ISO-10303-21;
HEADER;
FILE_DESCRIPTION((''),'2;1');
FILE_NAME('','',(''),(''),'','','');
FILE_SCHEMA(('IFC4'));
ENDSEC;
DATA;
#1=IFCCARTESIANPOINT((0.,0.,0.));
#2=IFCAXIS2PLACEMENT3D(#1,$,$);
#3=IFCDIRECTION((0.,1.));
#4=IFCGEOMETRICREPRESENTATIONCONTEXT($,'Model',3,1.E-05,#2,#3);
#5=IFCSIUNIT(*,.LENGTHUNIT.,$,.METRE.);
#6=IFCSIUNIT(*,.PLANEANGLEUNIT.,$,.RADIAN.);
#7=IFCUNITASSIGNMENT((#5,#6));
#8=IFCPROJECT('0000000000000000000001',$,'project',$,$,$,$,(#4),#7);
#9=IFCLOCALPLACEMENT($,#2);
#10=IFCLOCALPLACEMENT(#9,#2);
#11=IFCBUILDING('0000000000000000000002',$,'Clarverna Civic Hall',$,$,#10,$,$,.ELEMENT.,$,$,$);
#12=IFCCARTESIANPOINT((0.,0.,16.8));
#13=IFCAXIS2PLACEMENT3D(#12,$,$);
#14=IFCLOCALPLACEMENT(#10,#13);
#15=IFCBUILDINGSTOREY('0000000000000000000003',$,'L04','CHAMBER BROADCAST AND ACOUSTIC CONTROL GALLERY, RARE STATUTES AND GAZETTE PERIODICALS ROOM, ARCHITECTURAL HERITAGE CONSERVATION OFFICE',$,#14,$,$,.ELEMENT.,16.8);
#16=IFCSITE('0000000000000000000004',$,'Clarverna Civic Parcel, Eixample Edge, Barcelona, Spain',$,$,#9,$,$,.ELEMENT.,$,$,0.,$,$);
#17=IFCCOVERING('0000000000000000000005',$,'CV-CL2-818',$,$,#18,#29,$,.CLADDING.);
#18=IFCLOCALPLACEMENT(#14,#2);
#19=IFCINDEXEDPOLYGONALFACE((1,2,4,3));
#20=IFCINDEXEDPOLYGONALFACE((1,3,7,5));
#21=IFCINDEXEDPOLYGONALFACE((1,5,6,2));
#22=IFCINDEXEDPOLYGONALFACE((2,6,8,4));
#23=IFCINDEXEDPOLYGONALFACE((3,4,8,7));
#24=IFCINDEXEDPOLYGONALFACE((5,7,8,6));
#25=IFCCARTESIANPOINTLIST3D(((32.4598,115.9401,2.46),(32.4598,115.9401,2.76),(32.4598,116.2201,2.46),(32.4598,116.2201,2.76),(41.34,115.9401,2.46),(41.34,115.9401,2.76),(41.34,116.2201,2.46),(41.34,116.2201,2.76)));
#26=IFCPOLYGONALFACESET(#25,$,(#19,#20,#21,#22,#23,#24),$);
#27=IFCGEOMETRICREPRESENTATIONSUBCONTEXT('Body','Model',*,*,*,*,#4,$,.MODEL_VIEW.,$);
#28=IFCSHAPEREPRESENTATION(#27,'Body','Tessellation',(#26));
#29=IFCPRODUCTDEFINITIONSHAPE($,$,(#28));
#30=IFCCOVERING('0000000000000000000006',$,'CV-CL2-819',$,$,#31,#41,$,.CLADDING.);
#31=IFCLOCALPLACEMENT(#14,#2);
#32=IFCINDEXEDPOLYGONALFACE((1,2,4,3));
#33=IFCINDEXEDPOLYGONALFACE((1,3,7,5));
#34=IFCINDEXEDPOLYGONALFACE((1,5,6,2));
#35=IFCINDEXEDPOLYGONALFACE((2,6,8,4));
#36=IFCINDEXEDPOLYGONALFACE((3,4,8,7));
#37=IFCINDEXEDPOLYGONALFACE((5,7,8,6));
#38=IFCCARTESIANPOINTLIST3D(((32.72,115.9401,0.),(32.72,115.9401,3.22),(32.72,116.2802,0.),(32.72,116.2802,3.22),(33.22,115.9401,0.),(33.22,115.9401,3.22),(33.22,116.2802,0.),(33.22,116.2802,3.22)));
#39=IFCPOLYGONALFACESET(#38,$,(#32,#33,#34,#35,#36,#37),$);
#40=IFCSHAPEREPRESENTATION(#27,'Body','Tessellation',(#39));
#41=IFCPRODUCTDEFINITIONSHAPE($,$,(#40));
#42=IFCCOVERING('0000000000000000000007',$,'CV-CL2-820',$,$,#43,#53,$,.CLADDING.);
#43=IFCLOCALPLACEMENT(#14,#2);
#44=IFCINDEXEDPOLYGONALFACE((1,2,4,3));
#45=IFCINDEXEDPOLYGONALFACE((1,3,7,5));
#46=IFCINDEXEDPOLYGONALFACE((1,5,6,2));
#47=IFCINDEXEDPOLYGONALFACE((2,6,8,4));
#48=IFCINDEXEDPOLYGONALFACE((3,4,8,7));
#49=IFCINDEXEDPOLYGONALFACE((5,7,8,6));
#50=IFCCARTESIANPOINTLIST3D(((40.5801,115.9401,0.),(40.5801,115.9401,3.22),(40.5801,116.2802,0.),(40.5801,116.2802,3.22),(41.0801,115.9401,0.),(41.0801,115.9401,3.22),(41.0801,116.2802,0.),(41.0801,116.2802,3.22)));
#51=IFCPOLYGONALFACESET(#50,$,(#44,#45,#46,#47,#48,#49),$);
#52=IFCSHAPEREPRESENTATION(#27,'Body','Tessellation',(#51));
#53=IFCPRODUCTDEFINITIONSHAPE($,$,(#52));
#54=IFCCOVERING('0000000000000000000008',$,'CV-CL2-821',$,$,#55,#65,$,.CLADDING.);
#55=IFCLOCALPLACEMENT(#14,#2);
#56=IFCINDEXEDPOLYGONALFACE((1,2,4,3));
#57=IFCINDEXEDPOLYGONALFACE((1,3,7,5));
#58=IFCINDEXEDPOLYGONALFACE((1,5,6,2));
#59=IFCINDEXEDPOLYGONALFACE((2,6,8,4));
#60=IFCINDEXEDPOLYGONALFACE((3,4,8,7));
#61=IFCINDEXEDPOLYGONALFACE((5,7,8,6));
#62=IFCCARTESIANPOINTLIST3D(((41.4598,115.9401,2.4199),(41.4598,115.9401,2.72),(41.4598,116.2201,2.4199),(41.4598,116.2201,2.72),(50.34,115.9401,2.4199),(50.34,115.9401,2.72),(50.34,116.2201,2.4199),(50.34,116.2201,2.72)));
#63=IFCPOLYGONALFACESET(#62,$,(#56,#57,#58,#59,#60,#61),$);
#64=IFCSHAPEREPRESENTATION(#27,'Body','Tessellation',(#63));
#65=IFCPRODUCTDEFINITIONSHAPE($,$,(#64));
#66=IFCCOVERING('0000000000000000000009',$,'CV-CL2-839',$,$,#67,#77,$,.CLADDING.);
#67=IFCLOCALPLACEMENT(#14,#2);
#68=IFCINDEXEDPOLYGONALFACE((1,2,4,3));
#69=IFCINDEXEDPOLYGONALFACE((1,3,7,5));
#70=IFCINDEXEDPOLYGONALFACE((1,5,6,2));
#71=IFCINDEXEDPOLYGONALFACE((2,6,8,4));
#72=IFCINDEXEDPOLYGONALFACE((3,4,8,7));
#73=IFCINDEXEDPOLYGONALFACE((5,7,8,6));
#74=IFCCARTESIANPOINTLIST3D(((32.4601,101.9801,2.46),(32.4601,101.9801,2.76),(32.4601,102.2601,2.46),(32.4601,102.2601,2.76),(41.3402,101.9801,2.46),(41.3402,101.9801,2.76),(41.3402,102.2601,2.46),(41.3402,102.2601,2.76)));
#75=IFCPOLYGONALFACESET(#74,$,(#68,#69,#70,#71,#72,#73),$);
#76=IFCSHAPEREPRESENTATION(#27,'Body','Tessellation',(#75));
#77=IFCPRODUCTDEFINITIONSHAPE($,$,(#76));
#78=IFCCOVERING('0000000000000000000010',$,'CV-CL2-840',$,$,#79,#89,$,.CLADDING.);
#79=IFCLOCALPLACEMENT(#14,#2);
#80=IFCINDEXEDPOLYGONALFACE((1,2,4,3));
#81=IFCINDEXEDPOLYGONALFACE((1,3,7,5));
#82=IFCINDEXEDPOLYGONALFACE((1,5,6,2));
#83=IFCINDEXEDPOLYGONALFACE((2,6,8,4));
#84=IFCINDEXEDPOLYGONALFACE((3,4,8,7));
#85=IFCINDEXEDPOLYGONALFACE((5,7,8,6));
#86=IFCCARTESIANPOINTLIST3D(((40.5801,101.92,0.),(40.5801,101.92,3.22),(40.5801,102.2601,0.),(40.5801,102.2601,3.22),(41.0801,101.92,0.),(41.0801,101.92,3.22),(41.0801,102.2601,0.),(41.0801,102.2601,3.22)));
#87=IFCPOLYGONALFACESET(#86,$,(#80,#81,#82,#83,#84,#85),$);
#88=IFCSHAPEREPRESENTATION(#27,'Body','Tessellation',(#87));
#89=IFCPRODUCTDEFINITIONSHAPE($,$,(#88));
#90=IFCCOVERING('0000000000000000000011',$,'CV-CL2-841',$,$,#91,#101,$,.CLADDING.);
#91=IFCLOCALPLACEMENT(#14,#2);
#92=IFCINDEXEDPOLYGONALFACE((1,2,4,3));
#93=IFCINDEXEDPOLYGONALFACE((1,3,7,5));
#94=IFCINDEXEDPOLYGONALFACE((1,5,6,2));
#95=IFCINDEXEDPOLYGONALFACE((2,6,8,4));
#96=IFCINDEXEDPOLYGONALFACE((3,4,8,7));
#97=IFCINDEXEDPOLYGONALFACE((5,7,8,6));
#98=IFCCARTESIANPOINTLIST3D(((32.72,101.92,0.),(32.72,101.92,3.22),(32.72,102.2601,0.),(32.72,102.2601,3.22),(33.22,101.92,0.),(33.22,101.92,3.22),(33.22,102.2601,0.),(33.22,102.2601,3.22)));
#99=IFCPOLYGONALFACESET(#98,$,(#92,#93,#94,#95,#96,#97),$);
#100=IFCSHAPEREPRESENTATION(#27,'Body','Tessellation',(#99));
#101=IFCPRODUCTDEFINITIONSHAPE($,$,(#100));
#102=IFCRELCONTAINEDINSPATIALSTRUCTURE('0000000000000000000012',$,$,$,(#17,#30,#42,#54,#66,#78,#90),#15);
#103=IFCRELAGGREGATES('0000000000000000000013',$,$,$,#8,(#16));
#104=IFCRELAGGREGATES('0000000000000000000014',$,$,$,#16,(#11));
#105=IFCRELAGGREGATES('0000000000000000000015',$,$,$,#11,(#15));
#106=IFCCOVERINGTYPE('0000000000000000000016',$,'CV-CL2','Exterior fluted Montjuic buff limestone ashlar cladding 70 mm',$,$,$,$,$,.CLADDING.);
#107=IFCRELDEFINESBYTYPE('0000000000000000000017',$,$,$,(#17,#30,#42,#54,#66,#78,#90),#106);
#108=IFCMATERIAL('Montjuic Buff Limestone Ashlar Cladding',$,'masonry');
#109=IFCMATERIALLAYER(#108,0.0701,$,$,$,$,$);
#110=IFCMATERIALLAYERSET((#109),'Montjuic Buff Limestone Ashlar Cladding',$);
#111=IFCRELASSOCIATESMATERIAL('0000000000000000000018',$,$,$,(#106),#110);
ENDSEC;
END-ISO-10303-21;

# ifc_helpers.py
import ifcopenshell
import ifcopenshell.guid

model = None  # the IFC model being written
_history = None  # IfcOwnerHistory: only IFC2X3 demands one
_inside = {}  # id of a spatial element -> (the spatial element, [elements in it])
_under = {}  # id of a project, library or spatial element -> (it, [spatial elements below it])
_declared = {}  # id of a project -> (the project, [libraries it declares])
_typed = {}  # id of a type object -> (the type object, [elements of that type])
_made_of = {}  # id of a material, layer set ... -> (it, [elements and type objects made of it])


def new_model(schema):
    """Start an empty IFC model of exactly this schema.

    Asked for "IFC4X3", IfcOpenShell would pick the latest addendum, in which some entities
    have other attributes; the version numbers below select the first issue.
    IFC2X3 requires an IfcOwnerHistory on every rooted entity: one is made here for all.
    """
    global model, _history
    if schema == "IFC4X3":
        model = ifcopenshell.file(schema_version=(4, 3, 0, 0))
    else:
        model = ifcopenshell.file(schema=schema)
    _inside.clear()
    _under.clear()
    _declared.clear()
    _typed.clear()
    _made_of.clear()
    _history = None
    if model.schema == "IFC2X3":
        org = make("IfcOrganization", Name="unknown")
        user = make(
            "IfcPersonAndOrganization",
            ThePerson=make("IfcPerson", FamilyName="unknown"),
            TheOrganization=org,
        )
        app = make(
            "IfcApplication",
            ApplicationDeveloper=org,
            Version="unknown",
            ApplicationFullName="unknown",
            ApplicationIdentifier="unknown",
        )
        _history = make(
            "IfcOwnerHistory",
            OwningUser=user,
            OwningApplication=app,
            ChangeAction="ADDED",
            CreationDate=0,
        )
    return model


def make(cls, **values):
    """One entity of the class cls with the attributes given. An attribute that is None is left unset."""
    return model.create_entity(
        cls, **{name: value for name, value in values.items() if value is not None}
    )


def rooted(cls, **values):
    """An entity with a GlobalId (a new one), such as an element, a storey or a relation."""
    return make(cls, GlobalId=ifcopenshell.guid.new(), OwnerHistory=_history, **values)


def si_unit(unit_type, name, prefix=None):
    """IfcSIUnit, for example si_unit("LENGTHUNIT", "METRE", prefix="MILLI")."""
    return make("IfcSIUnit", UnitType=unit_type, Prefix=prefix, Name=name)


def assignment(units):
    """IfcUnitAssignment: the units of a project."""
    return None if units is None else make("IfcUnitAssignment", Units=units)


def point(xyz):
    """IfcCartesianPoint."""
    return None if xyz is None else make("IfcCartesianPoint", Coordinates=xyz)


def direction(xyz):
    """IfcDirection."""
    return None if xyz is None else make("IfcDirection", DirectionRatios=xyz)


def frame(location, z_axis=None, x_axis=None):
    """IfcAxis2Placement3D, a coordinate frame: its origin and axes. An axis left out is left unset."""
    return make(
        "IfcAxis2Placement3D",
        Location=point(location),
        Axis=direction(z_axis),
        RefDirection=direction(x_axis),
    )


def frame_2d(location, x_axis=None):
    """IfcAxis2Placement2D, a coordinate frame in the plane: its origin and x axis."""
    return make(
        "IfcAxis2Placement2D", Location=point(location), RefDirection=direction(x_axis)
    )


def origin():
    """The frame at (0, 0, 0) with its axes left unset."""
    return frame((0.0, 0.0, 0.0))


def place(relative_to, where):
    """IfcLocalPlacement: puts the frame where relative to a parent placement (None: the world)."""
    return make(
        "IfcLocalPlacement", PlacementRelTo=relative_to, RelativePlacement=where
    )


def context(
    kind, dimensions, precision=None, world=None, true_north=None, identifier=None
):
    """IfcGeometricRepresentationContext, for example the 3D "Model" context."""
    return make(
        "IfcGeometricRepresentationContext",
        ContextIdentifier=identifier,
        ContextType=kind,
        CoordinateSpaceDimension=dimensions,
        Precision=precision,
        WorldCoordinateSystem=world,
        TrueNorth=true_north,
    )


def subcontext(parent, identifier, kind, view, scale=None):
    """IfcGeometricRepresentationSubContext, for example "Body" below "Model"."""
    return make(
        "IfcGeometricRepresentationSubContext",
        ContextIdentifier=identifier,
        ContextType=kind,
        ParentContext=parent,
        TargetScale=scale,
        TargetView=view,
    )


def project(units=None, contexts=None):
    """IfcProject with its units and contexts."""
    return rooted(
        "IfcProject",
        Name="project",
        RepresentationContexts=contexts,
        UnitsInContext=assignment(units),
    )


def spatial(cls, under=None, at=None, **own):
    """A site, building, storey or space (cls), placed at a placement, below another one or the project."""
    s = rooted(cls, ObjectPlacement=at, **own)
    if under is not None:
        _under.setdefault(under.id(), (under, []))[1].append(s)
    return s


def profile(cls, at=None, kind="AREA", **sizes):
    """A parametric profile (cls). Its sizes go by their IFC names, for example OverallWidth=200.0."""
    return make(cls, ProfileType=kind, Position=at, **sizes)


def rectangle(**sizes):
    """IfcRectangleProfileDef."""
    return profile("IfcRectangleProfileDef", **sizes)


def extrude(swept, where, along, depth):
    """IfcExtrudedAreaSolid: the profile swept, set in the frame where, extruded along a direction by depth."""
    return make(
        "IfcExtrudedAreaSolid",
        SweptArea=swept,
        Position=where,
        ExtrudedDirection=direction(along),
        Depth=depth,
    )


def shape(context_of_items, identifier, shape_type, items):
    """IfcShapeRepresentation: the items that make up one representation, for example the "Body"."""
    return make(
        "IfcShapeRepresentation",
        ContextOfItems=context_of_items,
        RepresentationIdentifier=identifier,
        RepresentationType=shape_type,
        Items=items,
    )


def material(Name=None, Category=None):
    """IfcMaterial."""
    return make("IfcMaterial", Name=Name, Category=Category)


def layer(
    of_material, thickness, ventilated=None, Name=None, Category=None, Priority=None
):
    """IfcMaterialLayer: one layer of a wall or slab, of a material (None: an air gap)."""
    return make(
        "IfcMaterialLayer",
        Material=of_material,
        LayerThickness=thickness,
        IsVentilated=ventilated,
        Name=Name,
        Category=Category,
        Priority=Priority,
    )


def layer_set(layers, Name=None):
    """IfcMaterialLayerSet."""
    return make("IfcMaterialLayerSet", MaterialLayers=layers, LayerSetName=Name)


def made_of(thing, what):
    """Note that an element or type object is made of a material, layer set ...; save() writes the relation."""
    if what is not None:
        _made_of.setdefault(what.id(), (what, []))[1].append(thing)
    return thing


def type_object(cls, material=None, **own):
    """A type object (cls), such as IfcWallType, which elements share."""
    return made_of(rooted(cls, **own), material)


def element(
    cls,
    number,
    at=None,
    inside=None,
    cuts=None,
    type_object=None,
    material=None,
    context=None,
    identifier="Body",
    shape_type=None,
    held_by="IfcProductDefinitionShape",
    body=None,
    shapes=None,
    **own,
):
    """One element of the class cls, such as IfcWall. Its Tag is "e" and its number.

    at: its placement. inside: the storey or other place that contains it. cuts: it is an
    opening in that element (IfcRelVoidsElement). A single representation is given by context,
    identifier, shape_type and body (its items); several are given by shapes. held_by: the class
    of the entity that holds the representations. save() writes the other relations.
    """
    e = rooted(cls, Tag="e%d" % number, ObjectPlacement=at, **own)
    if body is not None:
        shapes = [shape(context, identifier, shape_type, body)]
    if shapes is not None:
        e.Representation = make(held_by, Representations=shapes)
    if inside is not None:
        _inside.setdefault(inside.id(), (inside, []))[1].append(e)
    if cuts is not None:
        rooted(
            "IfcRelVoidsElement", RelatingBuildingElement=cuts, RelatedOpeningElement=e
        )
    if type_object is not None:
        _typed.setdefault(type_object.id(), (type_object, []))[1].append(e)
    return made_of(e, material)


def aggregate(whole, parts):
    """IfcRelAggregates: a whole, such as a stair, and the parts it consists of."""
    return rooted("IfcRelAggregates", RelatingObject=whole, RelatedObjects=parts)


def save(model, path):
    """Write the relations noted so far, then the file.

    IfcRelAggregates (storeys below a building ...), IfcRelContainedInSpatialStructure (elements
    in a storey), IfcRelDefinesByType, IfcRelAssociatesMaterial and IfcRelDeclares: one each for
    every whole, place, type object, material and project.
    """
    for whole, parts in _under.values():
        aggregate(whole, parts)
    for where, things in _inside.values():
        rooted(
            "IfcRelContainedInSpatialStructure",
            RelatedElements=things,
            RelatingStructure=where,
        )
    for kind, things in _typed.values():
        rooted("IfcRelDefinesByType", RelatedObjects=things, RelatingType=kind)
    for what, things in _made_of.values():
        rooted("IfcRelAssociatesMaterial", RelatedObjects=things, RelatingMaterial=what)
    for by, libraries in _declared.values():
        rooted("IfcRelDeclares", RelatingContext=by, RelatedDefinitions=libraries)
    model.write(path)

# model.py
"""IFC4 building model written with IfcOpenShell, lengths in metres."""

from ifc_helpers import new_model, si_unit, direction, frame, frame_2d, origin, place, context, subcontext, project, spatial, rectangle, extrude, material, layer, layer_set, type_object, element, save


model = new_model("IFC4")

# Units and contexts
model_context = context("Model", 3, precision=1e-05, world=origin(), true_north=direction((0.0, 1.0)))
body_context = subcontext(model_context, "Body", "Model", "MODEL_VIEW")
ifc_project = project(units=[si_unit("LENGTHUNIT", "METRE"), si_unit("PLANEANGLEUNIT", "RADIAN")], contexts=[model_context])

# Site, building, storey
site_placement = place(None, origin())
site = spatial("IfcSite", under=ifc_project, at=site_placement, Name="Clarverna Civic Parcel, Eixample Edge, Barcelona, Spain", CompositionType="ELEMENT", RefElevation=0.0)
building_placement = place(site_placement, origin())
building = spatial("IfcBuilding", under=site, at=building_placement, Name="Clarverna Civic Hall", CompositionType="ELEMENT")
storey_placement = place(building_placement, frame((0.0, 0.0, 16.8)))
storey = spatial("IfcBuildingStorey", under=building, at=storey_placement, Name="L04", Description="CHAMBER BROADCAST AND ACOUSTIC CONTROL GALLERY, RARE STATUTES AND GAZETTE PERIODICALS ROOM, ARCHITECTURAL HERITAGE CONSERVATION OFFICE", CompositionType="ELEMENT", Elevation=16.8)

# Coverings
ifc_material_1 = material(Name="Montjuic Buff Limestone Ashlar Cladding", Category="masonry")
ifc_layer_1 = layer(ifc_material_1, 0.0701)
ifc_layer_set_1 = layer_set([ifc_layer_1], Name="Montjuic Buff Limestone Ashlar Cladding")
covering_type = type_object("IfcCoveringType", Name="CV-CL2", Description="Exterior fluted Montjuic buff limestone ashlar cladding 70 mm", PredefinedType="CLADDING", material=ifc_layer_set_1)
covering_placement = place(storey_placement, frame((32.46, 116.0801, 2.46), z_axis=(0.0, 0.0, 1.0), x_axis=(1.0, 0.0, 0.0)))
element("IfcCovering", 1, at=covering_placement, inside=storey, type_object=covering_type, Name="CV-CL2-818", PredefinedType="CLADDING", context=body_context, shape_type="SweptSolid", body=[
    extrude(rectangle(XDim=8.8801, YDim=0.28, at=frame_2d((4.4399, 0.0))), origin(), (0.0, 0.0, 1.0), 0.3),
])
for number, where, z_axis, x_axis, name in (
    (2, (32.72, 116.1101, 0.0), (0.0, 0.0, 1.0), (1.0, 0.0, 0.0), "CV-CL2-819"),
    (3, (40.5801, 116.1101, 0.0), (0.0, 0.0, 1.0), (1.0, 0.0, 0.0), "CV-CL2-820"),
):
    element("IfcCovering", number, at=place(storey_placement, frame(where, z_axis=z_axis, x_axis=x_axis)), inside=storey, type_object=covering_type, Name=name, PredefinedType="CLADDING", context=body_context, shape_type="SweptSolid", body=[
        extrude(rectangle(XDim=0.5, YDim=0.3401, at=frame_2d((0.25, 0.0))), origin(), (0.0, 0.0, 1.0), 3.22),
    ])
for number, where, z_axis, x_axis, name in (
    (4, (41.46, 116.0801, 2.4199), (0.0, 0.0, 1.0), (1.0, 0.0, 0.0), "CV-CL2-821"),
    (5, (41.3401, 102.1201, 2.46), (0.0, 0.0, 1.0), (-1.0, 0.0, 0.0), "CV-CL2-839"),
):
    element("IfcCovering", number, at=place(storey_placement, frame(where, z_axis=z_axis, x_axis=x_axis)), inside=storey, type_object=covering_type, Name=name, PredefinedType="CLADDING", context=body_context, shape_type="SweptSolid", body=[
        extrude(rectangle(XDim=8.8801, YDim=0.28, at=frame_2d((4.4399, 0.0))), origin(), (0.0, 0.0, 1.0), 0.3),
    ])
for number, where, z_axis, x_axis, name in (
    (6, (41.0801, 102.0901, 0.0), (0.0, 0.0, 1.0), (-1.0, 0.0, 0.0), "CV-CL2-840"),
    (7, (33.22, 102.0901, 0.0), (0.0, 0.0, 1.0), (-1.0, 0.0, 0.0), "CV-CL2-841"),
):
    element("IfcCovering", number, at=place(storey_placement, frame(where, z_axis=z_axis, x_axis=x_axis)), inside=storey, type_object=covering_type, Name=name, PredefinedType="CLADDING", context=body_context, shape_type="SweptSolid", body=[
        extrude(rectangle(XDim=0.5, YDim=0.3401, at=frame_2d((0.25, 0.0))), origin(), (0.0, 0.0, 1.0), 3.22),
    ])

save(model, "model.ifc")
